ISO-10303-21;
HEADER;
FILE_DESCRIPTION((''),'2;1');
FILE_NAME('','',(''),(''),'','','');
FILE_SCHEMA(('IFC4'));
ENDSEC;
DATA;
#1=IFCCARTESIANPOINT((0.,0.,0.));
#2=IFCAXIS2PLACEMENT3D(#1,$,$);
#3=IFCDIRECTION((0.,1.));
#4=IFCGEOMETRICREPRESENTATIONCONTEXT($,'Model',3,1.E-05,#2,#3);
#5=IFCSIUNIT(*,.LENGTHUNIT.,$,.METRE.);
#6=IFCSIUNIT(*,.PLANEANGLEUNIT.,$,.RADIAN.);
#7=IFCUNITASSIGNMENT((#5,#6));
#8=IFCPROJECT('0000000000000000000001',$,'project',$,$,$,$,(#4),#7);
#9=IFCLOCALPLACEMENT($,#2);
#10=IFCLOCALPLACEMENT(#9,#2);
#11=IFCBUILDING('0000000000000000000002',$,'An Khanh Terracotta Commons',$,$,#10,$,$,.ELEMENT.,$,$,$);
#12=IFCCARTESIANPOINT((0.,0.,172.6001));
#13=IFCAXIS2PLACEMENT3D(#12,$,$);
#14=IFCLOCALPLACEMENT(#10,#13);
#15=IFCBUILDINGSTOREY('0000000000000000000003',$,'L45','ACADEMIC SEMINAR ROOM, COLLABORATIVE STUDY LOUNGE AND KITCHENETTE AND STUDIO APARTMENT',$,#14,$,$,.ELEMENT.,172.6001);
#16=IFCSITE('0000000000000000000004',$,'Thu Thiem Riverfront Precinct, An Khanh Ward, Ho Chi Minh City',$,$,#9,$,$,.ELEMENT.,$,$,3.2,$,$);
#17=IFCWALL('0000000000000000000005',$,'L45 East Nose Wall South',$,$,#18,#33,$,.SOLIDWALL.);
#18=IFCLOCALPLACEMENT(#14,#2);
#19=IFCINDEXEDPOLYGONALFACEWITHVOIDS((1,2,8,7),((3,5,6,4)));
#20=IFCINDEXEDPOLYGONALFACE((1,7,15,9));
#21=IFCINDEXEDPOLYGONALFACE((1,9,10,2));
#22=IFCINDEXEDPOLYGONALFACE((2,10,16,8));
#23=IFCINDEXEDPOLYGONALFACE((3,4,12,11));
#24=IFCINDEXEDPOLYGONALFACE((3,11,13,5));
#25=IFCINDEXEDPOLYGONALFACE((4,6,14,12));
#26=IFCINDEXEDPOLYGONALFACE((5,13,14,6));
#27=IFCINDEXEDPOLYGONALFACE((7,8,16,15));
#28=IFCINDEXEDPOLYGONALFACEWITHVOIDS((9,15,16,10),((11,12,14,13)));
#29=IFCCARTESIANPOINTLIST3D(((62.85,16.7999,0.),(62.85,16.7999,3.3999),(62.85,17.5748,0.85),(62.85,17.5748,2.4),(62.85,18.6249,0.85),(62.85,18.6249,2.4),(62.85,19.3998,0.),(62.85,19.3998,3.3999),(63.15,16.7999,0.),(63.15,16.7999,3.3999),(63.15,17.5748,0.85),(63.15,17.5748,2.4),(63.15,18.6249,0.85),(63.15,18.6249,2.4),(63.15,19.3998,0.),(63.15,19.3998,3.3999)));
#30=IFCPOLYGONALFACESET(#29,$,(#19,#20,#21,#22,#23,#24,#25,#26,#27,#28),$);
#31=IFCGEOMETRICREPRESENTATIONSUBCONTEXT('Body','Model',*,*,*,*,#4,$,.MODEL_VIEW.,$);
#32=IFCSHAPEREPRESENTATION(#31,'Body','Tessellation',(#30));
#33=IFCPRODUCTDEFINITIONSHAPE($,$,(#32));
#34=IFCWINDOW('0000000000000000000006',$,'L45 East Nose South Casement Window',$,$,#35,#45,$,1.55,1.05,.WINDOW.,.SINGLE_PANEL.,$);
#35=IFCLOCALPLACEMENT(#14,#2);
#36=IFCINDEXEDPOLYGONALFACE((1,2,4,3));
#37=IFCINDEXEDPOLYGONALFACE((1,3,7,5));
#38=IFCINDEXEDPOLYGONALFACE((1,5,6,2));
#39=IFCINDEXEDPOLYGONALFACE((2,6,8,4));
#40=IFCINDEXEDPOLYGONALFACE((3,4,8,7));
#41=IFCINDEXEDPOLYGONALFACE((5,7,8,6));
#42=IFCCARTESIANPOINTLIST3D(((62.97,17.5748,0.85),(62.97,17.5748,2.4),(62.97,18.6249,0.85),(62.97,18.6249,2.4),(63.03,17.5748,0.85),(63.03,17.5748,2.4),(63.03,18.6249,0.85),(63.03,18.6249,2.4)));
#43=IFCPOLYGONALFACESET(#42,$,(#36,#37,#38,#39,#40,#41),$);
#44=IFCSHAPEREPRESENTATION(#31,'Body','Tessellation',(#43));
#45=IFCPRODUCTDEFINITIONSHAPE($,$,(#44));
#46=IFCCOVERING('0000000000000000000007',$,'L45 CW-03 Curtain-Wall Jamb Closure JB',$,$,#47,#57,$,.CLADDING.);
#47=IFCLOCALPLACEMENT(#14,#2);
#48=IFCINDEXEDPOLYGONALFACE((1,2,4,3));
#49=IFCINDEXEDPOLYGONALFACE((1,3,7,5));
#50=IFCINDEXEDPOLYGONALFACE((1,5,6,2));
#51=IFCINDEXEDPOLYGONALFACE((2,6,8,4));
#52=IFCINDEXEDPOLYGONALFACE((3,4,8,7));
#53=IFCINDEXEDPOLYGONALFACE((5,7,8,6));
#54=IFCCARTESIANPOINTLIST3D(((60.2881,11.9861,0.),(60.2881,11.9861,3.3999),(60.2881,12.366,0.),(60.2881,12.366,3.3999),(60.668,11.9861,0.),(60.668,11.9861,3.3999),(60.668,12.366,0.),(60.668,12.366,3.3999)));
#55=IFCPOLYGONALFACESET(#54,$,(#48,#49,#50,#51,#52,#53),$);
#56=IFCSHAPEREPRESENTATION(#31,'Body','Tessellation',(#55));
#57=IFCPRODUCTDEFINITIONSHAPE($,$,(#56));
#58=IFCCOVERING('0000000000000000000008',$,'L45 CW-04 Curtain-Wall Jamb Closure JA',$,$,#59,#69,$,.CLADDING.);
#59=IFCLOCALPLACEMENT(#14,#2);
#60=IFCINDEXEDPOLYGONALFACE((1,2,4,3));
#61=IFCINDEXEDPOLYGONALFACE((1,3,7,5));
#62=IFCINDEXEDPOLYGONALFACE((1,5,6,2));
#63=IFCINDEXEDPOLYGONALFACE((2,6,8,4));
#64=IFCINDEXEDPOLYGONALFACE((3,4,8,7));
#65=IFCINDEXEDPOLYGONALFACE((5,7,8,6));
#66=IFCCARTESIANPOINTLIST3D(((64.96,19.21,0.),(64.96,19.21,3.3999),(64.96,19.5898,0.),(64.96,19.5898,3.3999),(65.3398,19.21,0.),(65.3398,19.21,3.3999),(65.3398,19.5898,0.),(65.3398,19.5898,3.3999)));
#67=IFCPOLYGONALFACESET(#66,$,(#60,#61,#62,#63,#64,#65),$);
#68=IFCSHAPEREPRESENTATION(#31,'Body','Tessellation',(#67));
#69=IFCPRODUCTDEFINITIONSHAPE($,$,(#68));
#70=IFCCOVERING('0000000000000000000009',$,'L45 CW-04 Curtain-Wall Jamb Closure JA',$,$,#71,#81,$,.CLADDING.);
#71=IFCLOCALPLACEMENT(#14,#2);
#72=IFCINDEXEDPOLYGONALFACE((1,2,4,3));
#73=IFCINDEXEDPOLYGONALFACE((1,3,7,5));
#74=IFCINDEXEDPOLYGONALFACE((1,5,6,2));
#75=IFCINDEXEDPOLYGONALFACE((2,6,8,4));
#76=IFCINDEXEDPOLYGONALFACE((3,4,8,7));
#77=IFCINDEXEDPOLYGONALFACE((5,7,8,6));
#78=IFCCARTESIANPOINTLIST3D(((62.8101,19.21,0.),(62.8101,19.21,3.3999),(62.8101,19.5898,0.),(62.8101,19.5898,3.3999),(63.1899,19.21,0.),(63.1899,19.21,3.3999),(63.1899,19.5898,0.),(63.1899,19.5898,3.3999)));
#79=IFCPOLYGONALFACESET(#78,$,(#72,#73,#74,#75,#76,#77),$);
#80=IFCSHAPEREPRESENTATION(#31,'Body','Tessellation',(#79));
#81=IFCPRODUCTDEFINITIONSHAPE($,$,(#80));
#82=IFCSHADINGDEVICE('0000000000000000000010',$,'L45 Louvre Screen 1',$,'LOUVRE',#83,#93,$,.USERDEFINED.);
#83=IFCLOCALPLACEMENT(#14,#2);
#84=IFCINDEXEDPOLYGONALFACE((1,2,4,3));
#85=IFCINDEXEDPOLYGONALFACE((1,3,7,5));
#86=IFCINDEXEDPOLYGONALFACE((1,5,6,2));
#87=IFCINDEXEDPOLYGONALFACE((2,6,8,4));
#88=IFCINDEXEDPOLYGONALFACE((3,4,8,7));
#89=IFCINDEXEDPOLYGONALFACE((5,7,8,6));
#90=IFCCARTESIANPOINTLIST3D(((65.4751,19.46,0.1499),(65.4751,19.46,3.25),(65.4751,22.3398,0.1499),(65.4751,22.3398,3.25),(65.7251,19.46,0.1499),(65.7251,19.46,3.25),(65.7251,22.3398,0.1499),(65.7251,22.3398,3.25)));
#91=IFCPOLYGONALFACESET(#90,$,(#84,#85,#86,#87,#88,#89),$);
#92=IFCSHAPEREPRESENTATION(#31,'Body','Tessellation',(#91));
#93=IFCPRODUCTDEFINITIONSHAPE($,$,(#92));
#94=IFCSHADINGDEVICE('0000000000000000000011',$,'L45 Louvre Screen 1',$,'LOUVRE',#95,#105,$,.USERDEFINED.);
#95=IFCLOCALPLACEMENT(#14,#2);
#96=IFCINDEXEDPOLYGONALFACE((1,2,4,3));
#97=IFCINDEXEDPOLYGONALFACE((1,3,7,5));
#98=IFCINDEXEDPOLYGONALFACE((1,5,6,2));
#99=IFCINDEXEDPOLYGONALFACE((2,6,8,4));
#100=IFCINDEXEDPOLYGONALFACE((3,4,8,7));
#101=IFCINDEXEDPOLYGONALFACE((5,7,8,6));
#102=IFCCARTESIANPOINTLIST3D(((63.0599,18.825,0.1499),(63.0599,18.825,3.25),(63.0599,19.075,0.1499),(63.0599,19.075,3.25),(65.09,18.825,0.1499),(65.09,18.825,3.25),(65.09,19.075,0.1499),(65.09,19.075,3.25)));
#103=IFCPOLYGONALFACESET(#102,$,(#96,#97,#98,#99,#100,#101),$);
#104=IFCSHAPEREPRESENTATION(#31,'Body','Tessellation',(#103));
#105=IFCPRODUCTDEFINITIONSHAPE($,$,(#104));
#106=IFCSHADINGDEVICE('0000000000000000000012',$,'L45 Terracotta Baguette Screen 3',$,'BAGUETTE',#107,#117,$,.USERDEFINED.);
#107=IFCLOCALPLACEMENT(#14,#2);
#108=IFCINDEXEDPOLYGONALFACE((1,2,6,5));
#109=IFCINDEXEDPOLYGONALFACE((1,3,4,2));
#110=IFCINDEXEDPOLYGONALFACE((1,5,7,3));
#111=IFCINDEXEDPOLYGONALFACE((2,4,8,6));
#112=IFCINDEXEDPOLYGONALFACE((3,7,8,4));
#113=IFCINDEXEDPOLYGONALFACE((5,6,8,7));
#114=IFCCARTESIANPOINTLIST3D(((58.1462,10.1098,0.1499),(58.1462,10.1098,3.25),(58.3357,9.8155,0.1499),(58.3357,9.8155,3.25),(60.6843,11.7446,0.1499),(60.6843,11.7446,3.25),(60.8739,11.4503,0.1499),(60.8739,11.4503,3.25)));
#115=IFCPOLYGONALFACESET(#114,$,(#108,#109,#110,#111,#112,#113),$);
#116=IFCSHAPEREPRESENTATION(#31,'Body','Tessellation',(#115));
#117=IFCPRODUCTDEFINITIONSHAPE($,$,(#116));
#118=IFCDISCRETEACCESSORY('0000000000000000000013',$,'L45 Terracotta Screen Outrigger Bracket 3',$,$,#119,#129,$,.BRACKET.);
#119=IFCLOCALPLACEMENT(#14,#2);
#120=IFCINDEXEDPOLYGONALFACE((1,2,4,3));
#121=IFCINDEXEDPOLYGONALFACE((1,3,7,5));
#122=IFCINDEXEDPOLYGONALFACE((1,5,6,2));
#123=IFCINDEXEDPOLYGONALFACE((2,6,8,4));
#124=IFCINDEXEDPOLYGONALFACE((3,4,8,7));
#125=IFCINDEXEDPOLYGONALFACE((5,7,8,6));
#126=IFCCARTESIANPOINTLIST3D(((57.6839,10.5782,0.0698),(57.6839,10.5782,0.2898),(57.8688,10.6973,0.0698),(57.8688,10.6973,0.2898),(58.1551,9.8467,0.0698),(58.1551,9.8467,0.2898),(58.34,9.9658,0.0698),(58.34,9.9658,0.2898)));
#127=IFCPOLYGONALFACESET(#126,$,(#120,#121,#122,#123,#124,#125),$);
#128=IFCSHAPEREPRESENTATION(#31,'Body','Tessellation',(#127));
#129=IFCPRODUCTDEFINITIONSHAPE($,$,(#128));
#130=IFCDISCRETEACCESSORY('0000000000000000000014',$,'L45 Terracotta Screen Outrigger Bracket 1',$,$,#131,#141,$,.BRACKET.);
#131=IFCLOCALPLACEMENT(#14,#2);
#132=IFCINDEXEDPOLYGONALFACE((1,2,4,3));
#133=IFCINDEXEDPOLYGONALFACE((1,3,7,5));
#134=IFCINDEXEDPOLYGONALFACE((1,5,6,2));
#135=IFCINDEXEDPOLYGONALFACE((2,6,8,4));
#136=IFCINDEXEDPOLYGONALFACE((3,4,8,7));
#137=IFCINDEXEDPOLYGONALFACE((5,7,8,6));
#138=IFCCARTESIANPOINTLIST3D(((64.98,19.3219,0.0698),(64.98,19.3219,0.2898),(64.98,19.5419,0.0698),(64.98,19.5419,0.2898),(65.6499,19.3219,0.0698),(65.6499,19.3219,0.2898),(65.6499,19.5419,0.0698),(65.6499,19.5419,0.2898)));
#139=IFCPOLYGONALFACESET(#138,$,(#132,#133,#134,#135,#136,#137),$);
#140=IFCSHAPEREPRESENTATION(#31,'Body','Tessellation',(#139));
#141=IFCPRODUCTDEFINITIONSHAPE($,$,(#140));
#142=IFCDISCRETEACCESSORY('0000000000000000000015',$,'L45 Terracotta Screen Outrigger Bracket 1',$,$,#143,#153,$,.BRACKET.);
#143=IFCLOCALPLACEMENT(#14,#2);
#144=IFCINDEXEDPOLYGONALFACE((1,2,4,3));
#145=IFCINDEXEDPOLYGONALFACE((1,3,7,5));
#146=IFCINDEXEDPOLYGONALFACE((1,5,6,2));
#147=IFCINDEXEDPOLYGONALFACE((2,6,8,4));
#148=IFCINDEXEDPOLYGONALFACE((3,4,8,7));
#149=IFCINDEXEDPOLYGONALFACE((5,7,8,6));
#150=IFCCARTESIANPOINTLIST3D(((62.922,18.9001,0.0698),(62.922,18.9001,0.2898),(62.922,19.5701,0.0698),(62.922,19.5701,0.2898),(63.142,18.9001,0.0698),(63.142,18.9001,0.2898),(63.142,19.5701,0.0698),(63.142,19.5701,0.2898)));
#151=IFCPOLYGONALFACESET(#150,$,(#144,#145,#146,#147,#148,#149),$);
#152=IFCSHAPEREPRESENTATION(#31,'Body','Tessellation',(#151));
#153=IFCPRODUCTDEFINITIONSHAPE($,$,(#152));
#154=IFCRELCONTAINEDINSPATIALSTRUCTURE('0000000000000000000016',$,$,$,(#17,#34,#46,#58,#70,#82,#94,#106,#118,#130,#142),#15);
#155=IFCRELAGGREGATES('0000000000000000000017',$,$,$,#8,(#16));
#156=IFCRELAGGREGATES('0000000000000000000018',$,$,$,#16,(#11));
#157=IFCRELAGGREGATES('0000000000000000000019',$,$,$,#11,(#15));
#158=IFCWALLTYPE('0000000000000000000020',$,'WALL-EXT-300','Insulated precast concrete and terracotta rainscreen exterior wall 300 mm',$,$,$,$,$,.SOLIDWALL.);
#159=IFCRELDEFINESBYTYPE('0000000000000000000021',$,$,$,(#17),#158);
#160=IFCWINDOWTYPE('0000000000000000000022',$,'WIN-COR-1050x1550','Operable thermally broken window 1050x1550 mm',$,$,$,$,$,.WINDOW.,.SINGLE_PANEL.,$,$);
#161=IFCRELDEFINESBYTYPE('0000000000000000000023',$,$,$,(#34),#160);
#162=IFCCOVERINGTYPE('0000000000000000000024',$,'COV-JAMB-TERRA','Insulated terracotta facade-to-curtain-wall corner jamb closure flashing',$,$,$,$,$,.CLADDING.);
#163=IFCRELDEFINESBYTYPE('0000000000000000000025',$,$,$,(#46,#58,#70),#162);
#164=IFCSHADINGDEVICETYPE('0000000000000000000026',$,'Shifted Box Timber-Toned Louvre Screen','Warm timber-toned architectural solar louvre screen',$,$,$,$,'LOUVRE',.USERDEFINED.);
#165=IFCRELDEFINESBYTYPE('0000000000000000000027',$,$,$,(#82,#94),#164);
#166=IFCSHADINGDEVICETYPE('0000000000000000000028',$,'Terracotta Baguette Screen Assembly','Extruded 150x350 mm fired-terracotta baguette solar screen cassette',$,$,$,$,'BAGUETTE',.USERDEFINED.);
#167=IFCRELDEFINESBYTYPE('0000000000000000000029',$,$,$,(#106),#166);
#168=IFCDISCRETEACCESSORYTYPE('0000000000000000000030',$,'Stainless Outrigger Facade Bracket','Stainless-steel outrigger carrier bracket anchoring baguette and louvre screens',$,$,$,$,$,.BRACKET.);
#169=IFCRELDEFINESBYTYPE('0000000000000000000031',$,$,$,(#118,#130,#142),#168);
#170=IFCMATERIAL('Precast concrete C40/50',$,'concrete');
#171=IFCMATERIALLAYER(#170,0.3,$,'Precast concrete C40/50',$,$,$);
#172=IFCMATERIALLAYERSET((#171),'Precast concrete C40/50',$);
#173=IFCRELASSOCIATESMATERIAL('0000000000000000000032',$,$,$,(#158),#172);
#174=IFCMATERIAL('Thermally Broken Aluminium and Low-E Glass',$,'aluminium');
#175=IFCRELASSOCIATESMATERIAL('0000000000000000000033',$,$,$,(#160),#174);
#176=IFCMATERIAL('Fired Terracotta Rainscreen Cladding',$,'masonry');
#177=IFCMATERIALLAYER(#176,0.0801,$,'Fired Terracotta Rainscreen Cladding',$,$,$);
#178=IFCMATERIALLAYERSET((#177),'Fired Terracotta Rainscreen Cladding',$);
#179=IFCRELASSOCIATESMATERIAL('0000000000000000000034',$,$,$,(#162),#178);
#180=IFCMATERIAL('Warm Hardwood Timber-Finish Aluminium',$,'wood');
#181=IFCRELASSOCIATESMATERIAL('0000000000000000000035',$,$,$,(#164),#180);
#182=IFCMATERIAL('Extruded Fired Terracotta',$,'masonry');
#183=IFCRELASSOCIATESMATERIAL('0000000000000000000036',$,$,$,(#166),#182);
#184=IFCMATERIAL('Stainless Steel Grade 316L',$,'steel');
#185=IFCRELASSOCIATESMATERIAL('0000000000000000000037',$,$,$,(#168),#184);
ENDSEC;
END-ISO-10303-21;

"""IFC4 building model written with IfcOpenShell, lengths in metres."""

from ifc_helpers import new_model, si_unit, direction, frame, frame_2d, origin, origin_2d, place, context, subcontext, project, spatial, rectangle, extrude, material, layer, layer_set, type_object, element, fill, save


model = new_model("IFC4")

# Units and contexts
model_context = context("Model", 3, precision=1e-05, world=origin(), true_north=direction((0.0, 1.0)))
body_context = subcontext(model_context, "Body", "Model", "MODEL_VIEW")
ifc_project = project(units=[si_unit("LENGTHUNIT", "METRE"), si_unit("PLANEANGLEUNIT", "RADIAN")], contexts=[model_context])

# Site, building, storey
site_placement = place(None, origin())
site = spatial("IfcSite", under=ifc_project, at=site_placement, Name="Thu Thiem Riverfront Precinct, An Khanh Ward, Ho Chi Minh City", CompositionType="ELEMENT", RefElevation=3.2)
building_placement = place(site_placement, origin())
building = spatial("IfcBuilding", under=site, at=building_placement, Name="An Khanh Terracotta Commons", CompositionType="ELEMENT")
storey_placement = place(building_placement, frame((0.0, 0.0, 172.6001)))
storey = spatial("IfcBuildingStorey", under=building, at=storey_placement, Name="L45", Description="ACADEMIC SEMINAR ROOM, COLLABORATIVE STUDY LOUNGE AND KITCHENETTE AND STUDIO APARTMENT", CompositionType="ELEMENT", Elevation=172.6001)

# Shared definitions
ifc_material_1 = material(Name="Precast concrete C40/50", Category="concrete")
ifc_layer_1 = layer(ifc_material_1, 0.3, Name="Precast concrete C40/50")
ifc_layer_set_1 = layer_set([ifc_layer_1], Name="Precast concrete C40/50")
wall_type = type_object("IfcWallType", Name="WALL-EXT-300", Description="Insulated precast concrete and terracotta rainscreen exterior wall 300 mm", PredefinedType="SOLIDWALL", material=ifc_layer_set_1)

# Wall, opening, window
wall_1_placement = place(storey_placement, frame((63.0, 16.8, 0.0), z_axis=(0.0, 0.0, 1.0), x_axis=(0.0, 1.0, 0.0)))
wall_1 = element("IfcWall", 1, at=wall_1_placement, inside=storey, type_object=wall_type, Name="L45 East Nose Wall South", PredefinedType="SOLIDWALL", context=body_context, shape_type="SweptSolid", body=[
    extrude(rectangle(XDim=2.5999, YDim=0.3, at=frame_2d((1.2998, 0.0))), origin(), (0.0, 0.0, 1.0), 3.3999),
])
opening_placement = place(wall_1_placement, frame((0.7749, 0.0, 0.8501)))
opening = element("IfcOpeningElement", 2, at=opening_placement, cuts=wall_1, PredefinedType="OPENING", context=body_context, shape_type="SweptSolid", body=[
    extrude(rectangle(XDim=1.05, YDim=1.55, at=frame_2d((0.5249, 0.7749))), frame((0.0, 0.1599, 0.0), z_axis=(0.0, -1.0, 0.0), x_axis=(1.0, 0.0, 0.0)), (0.0, 0.0, 1.0), 0.3201),
])
ifc_material_2 = material(Name="Thermally Broken Aluminium and Low-E Glass", Category="aluminium")
window_type = type_object("IfcWindowType", Name="WIN-COR-1050x1550", Description="Operable thermally broken window 1050x1550 mm", PartitioningType="SINGLE_PANEL", PredefinedType="WINDOW", material=ifc_material_2)
window_placement = place(opening_placement, origin())
window = element("IfcWindow", 3, at=window_placement, inside=storey, type_object=window_type, Name="L45 East Nose South Casement Window", OverallHeight=1.55, OverallWidth=1.05, PartitioningType="SINGLE_PANEL", PredefinedType="WINDOW", context=body_context, shape_type="SweptSolid", body=[
    extrude(rectangle(XDim=1.05, YDim=1.55, at=frame_2d((0.5249, 0.7749))), frame((0.0, 0.03, 0.0), z_axis=(0.0, -1.0, 0.0), x_axis=(1.0, 0.0, 0.0)), (0.0, 0.0, 1.0), 0.0601),
])
fill(opening, window)

# Coverings
ifc_material_3 = material(Name="Fired Terracotta Rainscreen Cladding", Category="masonry")
ifc_layer_2 = layer(ifc_material_3, 0.0801, Name="Fired Terracotta Rainscreen Cladding")
ifc_layer_set_2 = layer_set([ifc_layer_2], Name="Fired Terracotta Rainscreen Cladding")
covering_type = type_object("IfcCoveringType", Name="COV-JAMB-TERRA", Description="Insulated terracotta facade-to-curtain-wall corner jamb closure flashing", PredefinedType="CLADDING", material=ifc_layer_set_2)
for number, where, z_axis, x_axis, name in (
    (4, (60.478, 12.176, 0.0), (0.0, 0.0, 1.0), (1.0, 0.0, 0.0), "L45 CW-03 Curtain-Wall Jamb Closure JB"),
    (5, (65.1499, 19.3999, 0.0), (0.0, 0.0, 1.0), (1.0, 0.0, 0.0), "L45 CW-04 Curtain-Wall Jamb Closure JA"),
    (6, (63.0, 19.3999, 0.0), (0.0, 0.0, 1.0), (1.0, 0.0, 0.0), "L45 CW-04 Curtain-Wall Jamb Closure JA"),
):
    element("IfcCovering", number, at=place(storey_placement, frame(where, z_axis=z_axis, x_axis=x_axis)), inside=storey, type_object=covering_type, Name=name, PredefinedType="CLADDING", context=body_context, shape_type="SweptSolid", body=[
        extrude(rectangle(XDim=0.3799, YDim=0.3799, at=origin_2d()), origin(), (0.0, 0.0, 1.0), 3.3999),
    ])

# Shading devices
ifc_material_4 = material(Name="Warm Hardwood Timber-Finish Aluminium", Category="wood")
shading_device_type_1 = type_object("IfcShadingDeviceType", Name="Shifted Box Timber-Toned Louvre Screen", Description="Warm timber-toned architectural solar louvre screen", ElementType="LOUVRE", PredefinedType="USERDEFINED", material=ifc_material_4)
shading_device_1_placement = place(storey_placement, frame((65.6001, 20.8999, 0.1499), z_axis=(0.0, 0.0, 1.0), x_axis=(0.0, 1.0, 0.0)))
element("IfcShadingDevice", 7, at=shading_device_1_placement, inside=storey, type_object=shading_device_type_1, Name="L45 Louvre Screen 1", ObjectType="LOUVRE", PredefinedType="USERDEFINED", context=body_context, shape_type="SweptSolid", body=[
    extrude(rectangle(XDim=2.8799, YDim=0.25, at=origin_2d()), origin(), (0.0, 0.0, 1.0), 3.1001),
])
shading_device_2_placement = place(storey_placement, frame((64.075, 18.95, 0.1499), z_axis=(0.0, 0.0, 1.0), x_axis=(1.0, 0.0, 0.0)))
element("IfcShadingDevice", 8, at=shading_device_2_placement, inside=storey, type_object=shading_device_type_1, Name="L45 Louvre Screen 1", ObjectType="LOUVRE", PredefinedType="USERDEFINED", context=body_context, shape_type="SweptSolid", body=[
    extrude(rectangle(XDim=2.03, YDim=0.25, at=origin_2d()), origin(), (0.0, 0.0, 1.0), 3.1001),
])
ifc_material_5 = material(Name="Extruded Fired Terracotta", Category="masonry")
shading_device_type_2 = type_object("IfcShadingDeviceType", Name="Terracotta Baguette Screen Assembly", Description="Extruded 150x350 mm fired-terracotta baguette solar screen cassette", ElementType="BAGUETTE", PredefinedType="USERDEFINED", material=ifc_material_5)
shading_device_3_placement = place(storey_placement, frame((59.51, 10.78, 0.1499), z_axis=(0.0, 0.0, 1.0), x_axis=(0.840702, 0.541498, 0.0)))
element("IfcShadingDevice", 9, at=shading_device_3_placement, inside=storey, type_object=shading_device_type_2, Name="L45 Terracotta Baguette Screen 3", ObjectType="BAGUETTE", PredefinedType="USERDEFINED", context=body_context, shape_type="SweptSolid", body=[
    extrude(rectangle(XDim=3.019, YDim=0.3501, at=origin_2d()), origin(), (0.0, 0.0, 1.0), 3.1001),
])

# Discrete accessories
ifc_material_6 = material(Name="Stainless Steel Grade 316L", Category="steel")
discrete_accessory_type = type_object("IfcDiscreteAccessoryType", Name="Stainless Outrigger Facade Bracket", Description="Stainless-steel outrigger carrier bracket anchoring baguette and louvre screens", PredefinedType="BRACKET", material=ifc_material_6)
discrete_accessory_placement = place(storey_placement, frame((58.012, 10.272, 0.0698), z_axis=(0.0, 0.0, 1.0), x_axis=(0.840702, 0.541498, 0.0)))
element("IfcDiscreteAccessory", 10, at=discrete_accessory_placement, inside=storey, type_object=discrete_accessory_type, Name="L45 Terracotta Screen Outrigger Bracket 3", PredefinedType="BRACKET", context=body_context, shape_type="SweptSolid", body=[
    extrude(rectangle(XDim=0.22, YDim=0.8701, at=origin_2d()), origin(), (0.0, 0.0, 1.0), 0.22),
])
for number, where, z_axis, x_axis, name in (
    (11, (65.3149, 19.4319, 0.0698), (0.0, 0.0, 1.0), (0.0, 1.0, 0.0), "L45 Terracotta Screen Outrigger Bracket 1"),
    (12, (63.032, 19.2351, 0.0698), (0.0, 0.0, 1.0), (1.0, 0.0, 0.0), "L45 Terracotta Screen Outrigger Bracket 1"),
):
    element("IfcDiscreteAccessory", number, at=place(storey_placement, frame(where, z_axis=z_axis, x_axis=x_axis)), inside=storey, type_object=discrete_accessory_type, Name=name, PredefinedType="BRACKET", context=body_context, shape_type="SweptSolid", body=[
        extrude(rectangle(XDim=0.22, YDim=0.6699, at=origin_2d()), origin(), (0.0, 0.0, 1.0), 0.22),
    ])

save(model, "model.ifc")
